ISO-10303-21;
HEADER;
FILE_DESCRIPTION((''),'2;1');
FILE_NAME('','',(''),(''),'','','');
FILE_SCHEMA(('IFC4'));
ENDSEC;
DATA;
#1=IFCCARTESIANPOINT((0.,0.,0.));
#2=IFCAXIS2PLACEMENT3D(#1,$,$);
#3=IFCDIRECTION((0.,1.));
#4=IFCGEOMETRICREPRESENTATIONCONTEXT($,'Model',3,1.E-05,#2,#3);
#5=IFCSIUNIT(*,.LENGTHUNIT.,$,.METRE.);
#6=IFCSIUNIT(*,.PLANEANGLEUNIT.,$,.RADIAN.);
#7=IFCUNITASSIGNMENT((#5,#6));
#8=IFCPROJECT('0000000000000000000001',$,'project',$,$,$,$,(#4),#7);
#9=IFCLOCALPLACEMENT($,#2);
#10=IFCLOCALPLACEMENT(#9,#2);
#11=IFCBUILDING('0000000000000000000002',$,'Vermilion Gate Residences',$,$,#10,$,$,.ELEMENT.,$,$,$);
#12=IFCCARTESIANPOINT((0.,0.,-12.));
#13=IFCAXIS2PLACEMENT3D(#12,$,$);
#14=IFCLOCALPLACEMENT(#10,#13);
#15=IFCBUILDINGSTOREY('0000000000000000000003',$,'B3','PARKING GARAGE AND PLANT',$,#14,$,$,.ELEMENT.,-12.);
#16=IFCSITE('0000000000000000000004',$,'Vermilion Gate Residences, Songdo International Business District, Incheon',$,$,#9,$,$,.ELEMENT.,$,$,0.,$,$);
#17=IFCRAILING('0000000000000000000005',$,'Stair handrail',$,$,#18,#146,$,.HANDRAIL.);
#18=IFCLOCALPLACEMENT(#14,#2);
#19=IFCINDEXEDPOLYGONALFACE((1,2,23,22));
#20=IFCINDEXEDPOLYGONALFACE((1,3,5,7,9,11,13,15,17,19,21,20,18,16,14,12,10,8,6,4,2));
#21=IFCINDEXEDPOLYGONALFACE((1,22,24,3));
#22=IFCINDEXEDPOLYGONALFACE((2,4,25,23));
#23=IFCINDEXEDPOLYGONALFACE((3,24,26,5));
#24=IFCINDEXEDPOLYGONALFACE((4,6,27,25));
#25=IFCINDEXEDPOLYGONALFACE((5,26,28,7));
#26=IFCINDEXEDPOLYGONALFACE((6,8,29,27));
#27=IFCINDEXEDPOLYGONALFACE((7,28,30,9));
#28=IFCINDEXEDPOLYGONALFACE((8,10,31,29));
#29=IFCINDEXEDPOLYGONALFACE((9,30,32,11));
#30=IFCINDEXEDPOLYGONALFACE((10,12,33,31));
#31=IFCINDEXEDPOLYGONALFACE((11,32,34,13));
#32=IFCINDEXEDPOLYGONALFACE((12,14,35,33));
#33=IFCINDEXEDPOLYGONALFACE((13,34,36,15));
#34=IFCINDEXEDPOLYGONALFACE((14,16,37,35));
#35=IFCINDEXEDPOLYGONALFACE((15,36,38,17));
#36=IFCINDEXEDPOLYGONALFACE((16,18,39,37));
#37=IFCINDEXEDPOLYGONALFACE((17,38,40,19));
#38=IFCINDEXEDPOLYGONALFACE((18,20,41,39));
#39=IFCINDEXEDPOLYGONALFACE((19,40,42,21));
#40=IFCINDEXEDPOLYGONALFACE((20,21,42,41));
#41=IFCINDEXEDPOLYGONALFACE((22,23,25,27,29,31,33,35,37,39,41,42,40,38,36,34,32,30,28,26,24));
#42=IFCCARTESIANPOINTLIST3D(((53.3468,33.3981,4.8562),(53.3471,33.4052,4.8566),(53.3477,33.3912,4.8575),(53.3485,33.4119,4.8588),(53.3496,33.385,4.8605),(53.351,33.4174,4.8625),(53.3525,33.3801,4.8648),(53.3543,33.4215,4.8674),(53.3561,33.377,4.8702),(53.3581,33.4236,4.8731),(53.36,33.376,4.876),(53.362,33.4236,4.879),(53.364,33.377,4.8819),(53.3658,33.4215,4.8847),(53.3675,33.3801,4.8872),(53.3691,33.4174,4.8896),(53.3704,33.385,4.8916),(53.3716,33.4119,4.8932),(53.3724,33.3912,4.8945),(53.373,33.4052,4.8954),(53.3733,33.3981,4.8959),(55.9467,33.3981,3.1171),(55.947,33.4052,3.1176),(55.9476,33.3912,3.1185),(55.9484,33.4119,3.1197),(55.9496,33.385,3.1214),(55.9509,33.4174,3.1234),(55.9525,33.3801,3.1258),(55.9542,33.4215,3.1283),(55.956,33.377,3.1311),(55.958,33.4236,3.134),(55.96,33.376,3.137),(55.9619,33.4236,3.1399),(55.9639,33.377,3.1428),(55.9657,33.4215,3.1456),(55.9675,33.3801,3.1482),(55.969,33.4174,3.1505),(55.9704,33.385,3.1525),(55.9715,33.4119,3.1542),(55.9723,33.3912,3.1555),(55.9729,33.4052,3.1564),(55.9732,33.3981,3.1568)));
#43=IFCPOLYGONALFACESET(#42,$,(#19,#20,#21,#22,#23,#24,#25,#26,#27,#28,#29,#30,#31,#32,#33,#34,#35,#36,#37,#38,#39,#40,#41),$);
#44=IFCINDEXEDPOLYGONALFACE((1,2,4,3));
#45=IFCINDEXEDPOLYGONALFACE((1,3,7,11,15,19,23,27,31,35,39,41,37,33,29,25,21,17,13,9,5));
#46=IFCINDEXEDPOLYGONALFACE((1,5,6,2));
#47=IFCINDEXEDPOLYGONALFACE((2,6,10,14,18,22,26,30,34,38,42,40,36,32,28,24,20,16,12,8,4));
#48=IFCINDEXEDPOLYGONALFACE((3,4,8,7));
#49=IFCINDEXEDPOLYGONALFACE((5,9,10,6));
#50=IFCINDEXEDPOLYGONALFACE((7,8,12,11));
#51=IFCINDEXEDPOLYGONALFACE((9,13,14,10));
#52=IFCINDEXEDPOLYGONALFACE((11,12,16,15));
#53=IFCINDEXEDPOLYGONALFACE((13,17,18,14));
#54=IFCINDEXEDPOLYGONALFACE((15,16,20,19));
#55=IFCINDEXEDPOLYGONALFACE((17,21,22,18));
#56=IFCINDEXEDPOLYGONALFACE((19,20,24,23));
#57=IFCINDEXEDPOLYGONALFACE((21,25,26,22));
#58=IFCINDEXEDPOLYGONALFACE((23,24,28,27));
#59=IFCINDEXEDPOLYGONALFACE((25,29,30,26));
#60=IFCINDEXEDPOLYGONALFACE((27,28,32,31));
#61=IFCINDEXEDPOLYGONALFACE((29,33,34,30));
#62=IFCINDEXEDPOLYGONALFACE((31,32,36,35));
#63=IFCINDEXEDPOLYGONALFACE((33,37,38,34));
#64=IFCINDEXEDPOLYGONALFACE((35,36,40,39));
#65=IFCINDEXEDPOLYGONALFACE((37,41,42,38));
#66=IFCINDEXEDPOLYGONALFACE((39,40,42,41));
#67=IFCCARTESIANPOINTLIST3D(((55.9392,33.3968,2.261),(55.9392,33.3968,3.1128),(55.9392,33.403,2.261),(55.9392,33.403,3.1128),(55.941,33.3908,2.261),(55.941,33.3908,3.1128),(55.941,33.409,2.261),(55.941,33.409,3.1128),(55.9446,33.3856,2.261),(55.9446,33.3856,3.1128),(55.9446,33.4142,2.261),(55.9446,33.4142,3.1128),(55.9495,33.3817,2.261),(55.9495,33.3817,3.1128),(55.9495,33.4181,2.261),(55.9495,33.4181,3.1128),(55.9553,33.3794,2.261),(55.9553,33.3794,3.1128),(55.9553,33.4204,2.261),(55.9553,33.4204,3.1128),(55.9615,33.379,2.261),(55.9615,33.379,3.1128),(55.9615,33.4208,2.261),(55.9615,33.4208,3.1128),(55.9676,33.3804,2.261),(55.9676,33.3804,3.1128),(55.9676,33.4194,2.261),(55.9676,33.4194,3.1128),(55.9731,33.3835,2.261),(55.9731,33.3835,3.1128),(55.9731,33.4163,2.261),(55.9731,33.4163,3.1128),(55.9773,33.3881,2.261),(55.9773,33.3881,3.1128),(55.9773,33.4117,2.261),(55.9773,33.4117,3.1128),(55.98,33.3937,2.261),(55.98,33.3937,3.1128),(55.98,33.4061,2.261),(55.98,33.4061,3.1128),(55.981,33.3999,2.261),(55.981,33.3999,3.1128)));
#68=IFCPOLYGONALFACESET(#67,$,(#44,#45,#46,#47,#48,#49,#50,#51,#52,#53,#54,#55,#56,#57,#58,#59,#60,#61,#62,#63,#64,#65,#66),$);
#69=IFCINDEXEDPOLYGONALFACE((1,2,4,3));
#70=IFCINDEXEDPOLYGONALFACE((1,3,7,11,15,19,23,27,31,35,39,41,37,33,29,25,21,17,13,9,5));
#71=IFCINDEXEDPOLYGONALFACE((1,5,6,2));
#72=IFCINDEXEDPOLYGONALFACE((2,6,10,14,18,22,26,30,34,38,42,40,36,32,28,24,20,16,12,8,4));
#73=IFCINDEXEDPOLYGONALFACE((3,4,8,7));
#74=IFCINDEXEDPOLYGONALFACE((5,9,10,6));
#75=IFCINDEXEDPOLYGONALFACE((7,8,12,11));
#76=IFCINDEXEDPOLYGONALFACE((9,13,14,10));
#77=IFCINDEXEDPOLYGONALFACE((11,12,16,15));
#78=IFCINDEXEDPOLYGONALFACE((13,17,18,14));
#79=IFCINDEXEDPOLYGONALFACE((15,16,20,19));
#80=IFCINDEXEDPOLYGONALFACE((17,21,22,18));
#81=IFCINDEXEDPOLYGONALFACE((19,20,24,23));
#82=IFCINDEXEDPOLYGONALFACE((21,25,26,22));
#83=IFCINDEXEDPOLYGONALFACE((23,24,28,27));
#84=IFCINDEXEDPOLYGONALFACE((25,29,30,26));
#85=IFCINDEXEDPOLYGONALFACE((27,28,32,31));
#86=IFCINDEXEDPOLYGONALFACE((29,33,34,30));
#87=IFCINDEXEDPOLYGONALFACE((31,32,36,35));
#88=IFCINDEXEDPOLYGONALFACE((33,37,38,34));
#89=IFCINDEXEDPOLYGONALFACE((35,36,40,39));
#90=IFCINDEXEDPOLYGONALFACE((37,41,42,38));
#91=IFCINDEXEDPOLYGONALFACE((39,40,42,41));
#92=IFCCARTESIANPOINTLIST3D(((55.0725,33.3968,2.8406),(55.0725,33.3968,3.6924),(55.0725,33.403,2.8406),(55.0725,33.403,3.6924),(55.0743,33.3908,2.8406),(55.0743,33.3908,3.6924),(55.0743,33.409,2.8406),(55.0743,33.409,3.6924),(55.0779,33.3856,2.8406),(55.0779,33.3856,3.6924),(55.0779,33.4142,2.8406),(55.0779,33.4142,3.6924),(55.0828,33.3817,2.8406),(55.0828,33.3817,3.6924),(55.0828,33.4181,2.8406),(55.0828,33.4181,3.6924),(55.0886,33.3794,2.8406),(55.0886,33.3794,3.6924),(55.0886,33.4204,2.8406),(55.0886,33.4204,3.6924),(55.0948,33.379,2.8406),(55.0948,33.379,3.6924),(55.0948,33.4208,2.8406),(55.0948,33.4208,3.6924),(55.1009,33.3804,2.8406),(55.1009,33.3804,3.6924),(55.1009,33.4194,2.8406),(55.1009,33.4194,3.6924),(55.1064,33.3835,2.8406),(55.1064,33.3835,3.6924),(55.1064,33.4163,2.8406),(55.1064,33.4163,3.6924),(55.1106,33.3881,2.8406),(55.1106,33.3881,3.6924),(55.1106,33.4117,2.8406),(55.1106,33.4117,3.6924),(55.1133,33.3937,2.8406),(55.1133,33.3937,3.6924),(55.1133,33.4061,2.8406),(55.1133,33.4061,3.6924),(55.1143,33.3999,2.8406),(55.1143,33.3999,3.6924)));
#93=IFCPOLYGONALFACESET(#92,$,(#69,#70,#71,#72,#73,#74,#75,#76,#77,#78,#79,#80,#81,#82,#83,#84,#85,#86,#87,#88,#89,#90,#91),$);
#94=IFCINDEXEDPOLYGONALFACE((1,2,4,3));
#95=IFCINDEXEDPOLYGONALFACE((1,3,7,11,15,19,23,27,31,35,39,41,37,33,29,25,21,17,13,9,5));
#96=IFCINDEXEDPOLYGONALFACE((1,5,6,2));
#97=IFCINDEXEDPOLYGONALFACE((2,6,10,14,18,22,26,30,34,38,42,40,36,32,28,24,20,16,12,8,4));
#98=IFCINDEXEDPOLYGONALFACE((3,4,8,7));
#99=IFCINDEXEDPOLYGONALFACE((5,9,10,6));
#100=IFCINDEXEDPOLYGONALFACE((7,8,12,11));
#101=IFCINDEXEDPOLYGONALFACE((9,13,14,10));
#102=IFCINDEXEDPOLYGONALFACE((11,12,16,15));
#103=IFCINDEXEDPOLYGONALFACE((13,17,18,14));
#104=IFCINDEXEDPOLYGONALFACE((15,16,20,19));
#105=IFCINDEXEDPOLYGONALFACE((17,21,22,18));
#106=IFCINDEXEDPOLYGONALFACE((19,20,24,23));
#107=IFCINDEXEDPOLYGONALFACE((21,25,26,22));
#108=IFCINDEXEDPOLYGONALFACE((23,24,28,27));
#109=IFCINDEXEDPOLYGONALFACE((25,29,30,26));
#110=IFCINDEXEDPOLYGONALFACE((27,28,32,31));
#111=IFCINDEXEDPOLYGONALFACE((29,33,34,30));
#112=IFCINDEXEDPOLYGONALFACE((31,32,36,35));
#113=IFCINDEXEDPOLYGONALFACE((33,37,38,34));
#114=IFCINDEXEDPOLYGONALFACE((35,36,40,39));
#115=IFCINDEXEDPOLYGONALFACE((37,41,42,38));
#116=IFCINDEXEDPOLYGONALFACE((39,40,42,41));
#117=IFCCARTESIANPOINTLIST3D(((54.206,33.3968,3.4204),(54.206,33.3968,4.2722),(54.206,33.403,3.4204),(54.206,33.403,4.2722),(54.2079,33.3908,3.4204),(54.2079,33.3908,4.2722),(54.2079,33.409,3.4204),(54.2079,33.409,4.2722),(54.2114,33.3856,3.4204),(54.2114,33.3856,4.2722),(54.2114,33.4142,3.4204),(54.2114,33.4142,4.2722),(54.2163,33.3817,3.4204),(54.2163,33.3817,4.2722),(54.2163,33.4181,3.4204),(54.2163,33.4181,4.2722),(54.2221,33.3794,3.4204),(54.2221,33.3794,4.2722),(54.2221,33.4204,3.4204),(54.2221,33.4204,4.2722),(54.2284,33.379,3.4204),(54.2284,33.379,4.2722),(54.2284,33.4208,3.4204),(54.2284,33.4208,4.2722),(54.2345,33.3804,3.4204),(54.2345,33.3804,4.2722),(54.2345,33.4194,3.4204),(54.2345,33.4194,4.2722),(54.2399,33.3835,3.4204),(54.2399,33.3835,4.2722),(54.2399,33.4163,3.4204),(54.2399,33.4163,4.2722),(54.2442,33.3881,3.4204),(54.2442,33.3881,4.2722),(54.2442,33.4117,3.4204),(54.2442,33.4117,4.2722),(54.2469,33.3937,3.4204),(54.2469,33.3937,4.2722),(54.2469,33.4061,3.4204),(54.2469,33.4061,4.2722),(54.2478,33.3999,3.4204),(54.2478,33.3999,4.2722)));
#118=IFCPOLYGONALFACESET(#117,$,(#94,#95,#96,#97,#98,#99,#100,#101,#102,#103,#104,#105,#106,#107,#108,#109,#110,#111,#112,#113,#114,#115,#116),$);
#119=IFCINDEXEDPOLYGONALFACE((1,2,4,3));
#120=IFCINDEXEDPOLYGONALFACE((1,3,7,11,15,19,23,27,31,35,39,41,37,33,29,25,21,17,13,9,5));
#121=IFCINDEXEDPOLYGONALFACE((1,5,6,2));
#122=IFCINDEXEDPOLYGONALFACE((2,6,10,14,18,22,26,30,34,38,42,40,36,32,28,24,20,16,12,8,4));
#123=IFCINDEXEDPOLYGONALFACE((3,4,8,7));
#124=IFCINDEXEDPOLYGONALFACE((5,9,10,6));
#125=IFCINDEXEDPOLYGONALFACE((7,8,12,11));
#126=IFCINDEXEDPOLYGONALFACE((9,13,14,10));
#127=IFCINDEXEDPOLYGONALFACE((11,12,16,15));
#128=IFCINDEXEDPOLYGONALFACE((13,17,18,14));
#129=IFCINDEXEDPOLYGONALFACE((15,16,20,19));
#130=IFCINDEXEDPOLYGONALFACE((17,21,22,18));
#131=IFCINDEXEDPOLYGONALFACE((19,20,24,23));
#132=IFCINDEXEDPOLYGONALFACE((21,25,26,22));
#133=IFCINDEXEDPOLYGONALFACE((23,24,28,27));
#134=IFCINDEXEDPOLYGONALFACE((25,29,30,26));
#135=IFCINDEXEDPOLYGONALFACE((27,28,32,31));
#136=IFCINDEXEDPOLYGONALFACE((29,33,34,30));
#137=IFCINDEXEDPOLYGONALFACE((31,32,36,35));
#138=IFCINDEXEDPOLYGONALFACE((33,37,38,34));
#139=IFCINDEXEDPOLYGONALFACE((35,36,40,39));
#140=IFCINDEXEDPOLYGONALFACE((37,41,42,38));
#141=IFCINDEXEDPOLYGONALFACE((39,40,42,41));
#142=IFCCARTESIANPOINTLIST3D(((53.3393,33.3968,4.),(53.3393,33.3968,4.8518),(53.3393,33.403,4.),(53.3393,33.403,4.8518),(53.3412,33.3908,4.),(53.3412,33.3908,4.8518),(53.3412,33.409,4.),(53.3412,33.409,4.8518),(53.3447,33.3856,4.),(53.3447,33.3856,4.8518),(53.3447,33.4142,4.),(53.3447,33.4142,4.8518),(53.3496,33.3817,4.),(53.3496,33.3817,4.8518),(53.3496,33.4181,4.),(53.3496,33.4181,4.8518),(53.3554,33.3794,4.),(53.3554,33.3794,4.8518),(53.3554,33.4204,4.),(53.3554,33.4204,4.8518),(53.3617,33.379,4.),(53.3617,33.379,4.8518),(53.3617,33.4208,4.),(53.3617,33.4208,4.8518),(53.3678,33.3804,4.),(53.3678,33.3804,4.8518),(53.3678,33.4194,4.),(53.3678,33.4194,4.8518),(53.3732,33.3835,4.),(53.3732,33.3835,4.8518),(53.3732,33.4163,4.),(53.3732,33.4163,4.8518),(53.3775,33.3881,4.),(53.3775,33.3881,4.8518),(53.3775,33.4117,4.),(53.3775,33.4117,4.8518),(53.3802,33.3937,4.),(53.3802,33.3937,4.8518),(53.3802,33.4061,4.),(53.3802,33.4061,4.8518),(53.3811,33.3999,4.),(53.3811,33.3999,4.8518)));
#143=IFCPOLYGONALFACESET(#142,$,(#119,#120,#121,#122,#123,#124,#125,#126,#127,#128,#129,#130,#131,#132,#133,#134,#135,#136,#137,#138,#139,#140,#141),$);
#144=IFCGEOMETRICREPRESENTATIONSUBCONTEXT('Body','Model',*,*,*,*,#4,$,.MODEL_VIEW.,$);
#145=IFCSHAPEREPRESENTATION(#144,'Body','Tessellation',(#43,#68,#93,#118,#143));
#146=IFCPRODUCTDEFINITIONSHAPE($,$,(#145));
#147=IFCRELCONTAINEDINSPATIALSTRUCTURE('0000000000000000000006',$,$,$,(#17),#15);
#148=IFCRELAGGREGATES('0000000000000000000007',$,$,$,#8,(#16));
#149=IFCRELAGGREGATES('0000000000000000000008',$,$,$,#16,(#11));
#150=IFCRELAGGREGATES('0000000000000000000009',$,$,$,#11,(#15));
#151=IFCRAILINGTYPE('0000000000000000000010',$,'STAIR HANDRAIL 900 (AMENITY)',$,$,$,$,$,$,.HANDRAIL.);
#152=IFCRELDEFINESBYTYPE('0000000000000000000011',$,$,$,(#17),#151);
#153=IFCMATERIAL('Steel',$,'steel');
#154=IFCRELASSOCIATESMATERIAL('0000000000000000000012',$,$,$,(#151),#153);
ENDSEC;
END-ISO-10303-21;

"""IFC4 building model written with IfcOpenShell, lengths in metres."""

from ifc_helpers import new_model, si_unit, direction, frame, origin, origin_2d, place, context, subcontext, project, spatial, circle, extrude, material, type_object, element, save


model = new_model("IFC4")

# Units and contexts
model_context = context("Model", 3, precision=1e-05, world=origin(), true_north=direction((0.0, 1.0)))
body_context = subcontext(model_context, "Body", "Model", "MODEL_VIEW")
ifc_project = project(units=[si_unit("LENGTHUNIT", "METRE"), si_unit("PLANEANGLEUNIT", "RADIAN")], contexts=[model_context])

# Site, building, storey
site_placement = place(None, origin())
site = spatial("IfcSite", under=ifc_project, at=site_placement, Name="Vermilion Gate Residences, Songdo International Business District, Incheon", CompositionType="ELEMENT", RefElevation=0.0)
building_placement = place(site_placement, origin())
building = spatial("IfcBuilding", under=site, at=building_placement, Name="Vermilion Gate Residences", CompositionType="ELEMENT")
storey_placement = place(building_placement, frame((0.0, 0.0, -12.0)))
storey = spatial("IfcBuildingStorey", under=building, at=storey_placement, Name="B3", Description="PARKING GARAGE AND PLANT", CompositionType="ELEMENT", Elevation=-12.0)

# Railing
ifc_material_1 = material(Name="Steel", Category="steel")
railing_type = type_object("IfcRailingType", Name="STAIR HANDRAIL 900 (AMENITY)", PredefinedType="HANDRAIL", material=ifc_material_1)
railing_1_placement = place(storey_placement, frame((55.96, 33.3999, 2.261)))
element("IfcRailing", 1, at=railing_1_placement, inside=storey, type_object=railing_type, Name="Stair handrail", PredefinedType="HANDRAIL", context=body_context, shape_type="SweptSolid", body=[
    extrude(circle(Radius=0.0239, at=origin_2d()), frame((0.0, 0.0, 0.876), z_axis=(-0.831197, 0.0, 0.555978), x_axis=(0.0, -1.0, 0.0)), (0.0, 0.0, 1.0), 3.1279),
    extrude(circle(Radius=0.021, at=origin_2d()), origin(), (0.0, 0.0, 1.0), 0.8518),
    extrude(circle(Radius=0.021, at=origin_2d()), frame((-0.8667, 0.0, 0.5796)), (0.0, 0.0, 1.0), 0.8518),
    extrude(circle(Radius=0.021, at=origin_2d()), frame((-1.7332, 0.0, 1.1594)), (0.0, 0.0, 1.0), 0.8518),
    extrude(circle(Radius=0.021, at=origin_2d()), frame((-2.5999, 0.0, 1.739)), (0.0, 0.0, 1.0), 0.8518),
])

save(model, "model.ifc")
